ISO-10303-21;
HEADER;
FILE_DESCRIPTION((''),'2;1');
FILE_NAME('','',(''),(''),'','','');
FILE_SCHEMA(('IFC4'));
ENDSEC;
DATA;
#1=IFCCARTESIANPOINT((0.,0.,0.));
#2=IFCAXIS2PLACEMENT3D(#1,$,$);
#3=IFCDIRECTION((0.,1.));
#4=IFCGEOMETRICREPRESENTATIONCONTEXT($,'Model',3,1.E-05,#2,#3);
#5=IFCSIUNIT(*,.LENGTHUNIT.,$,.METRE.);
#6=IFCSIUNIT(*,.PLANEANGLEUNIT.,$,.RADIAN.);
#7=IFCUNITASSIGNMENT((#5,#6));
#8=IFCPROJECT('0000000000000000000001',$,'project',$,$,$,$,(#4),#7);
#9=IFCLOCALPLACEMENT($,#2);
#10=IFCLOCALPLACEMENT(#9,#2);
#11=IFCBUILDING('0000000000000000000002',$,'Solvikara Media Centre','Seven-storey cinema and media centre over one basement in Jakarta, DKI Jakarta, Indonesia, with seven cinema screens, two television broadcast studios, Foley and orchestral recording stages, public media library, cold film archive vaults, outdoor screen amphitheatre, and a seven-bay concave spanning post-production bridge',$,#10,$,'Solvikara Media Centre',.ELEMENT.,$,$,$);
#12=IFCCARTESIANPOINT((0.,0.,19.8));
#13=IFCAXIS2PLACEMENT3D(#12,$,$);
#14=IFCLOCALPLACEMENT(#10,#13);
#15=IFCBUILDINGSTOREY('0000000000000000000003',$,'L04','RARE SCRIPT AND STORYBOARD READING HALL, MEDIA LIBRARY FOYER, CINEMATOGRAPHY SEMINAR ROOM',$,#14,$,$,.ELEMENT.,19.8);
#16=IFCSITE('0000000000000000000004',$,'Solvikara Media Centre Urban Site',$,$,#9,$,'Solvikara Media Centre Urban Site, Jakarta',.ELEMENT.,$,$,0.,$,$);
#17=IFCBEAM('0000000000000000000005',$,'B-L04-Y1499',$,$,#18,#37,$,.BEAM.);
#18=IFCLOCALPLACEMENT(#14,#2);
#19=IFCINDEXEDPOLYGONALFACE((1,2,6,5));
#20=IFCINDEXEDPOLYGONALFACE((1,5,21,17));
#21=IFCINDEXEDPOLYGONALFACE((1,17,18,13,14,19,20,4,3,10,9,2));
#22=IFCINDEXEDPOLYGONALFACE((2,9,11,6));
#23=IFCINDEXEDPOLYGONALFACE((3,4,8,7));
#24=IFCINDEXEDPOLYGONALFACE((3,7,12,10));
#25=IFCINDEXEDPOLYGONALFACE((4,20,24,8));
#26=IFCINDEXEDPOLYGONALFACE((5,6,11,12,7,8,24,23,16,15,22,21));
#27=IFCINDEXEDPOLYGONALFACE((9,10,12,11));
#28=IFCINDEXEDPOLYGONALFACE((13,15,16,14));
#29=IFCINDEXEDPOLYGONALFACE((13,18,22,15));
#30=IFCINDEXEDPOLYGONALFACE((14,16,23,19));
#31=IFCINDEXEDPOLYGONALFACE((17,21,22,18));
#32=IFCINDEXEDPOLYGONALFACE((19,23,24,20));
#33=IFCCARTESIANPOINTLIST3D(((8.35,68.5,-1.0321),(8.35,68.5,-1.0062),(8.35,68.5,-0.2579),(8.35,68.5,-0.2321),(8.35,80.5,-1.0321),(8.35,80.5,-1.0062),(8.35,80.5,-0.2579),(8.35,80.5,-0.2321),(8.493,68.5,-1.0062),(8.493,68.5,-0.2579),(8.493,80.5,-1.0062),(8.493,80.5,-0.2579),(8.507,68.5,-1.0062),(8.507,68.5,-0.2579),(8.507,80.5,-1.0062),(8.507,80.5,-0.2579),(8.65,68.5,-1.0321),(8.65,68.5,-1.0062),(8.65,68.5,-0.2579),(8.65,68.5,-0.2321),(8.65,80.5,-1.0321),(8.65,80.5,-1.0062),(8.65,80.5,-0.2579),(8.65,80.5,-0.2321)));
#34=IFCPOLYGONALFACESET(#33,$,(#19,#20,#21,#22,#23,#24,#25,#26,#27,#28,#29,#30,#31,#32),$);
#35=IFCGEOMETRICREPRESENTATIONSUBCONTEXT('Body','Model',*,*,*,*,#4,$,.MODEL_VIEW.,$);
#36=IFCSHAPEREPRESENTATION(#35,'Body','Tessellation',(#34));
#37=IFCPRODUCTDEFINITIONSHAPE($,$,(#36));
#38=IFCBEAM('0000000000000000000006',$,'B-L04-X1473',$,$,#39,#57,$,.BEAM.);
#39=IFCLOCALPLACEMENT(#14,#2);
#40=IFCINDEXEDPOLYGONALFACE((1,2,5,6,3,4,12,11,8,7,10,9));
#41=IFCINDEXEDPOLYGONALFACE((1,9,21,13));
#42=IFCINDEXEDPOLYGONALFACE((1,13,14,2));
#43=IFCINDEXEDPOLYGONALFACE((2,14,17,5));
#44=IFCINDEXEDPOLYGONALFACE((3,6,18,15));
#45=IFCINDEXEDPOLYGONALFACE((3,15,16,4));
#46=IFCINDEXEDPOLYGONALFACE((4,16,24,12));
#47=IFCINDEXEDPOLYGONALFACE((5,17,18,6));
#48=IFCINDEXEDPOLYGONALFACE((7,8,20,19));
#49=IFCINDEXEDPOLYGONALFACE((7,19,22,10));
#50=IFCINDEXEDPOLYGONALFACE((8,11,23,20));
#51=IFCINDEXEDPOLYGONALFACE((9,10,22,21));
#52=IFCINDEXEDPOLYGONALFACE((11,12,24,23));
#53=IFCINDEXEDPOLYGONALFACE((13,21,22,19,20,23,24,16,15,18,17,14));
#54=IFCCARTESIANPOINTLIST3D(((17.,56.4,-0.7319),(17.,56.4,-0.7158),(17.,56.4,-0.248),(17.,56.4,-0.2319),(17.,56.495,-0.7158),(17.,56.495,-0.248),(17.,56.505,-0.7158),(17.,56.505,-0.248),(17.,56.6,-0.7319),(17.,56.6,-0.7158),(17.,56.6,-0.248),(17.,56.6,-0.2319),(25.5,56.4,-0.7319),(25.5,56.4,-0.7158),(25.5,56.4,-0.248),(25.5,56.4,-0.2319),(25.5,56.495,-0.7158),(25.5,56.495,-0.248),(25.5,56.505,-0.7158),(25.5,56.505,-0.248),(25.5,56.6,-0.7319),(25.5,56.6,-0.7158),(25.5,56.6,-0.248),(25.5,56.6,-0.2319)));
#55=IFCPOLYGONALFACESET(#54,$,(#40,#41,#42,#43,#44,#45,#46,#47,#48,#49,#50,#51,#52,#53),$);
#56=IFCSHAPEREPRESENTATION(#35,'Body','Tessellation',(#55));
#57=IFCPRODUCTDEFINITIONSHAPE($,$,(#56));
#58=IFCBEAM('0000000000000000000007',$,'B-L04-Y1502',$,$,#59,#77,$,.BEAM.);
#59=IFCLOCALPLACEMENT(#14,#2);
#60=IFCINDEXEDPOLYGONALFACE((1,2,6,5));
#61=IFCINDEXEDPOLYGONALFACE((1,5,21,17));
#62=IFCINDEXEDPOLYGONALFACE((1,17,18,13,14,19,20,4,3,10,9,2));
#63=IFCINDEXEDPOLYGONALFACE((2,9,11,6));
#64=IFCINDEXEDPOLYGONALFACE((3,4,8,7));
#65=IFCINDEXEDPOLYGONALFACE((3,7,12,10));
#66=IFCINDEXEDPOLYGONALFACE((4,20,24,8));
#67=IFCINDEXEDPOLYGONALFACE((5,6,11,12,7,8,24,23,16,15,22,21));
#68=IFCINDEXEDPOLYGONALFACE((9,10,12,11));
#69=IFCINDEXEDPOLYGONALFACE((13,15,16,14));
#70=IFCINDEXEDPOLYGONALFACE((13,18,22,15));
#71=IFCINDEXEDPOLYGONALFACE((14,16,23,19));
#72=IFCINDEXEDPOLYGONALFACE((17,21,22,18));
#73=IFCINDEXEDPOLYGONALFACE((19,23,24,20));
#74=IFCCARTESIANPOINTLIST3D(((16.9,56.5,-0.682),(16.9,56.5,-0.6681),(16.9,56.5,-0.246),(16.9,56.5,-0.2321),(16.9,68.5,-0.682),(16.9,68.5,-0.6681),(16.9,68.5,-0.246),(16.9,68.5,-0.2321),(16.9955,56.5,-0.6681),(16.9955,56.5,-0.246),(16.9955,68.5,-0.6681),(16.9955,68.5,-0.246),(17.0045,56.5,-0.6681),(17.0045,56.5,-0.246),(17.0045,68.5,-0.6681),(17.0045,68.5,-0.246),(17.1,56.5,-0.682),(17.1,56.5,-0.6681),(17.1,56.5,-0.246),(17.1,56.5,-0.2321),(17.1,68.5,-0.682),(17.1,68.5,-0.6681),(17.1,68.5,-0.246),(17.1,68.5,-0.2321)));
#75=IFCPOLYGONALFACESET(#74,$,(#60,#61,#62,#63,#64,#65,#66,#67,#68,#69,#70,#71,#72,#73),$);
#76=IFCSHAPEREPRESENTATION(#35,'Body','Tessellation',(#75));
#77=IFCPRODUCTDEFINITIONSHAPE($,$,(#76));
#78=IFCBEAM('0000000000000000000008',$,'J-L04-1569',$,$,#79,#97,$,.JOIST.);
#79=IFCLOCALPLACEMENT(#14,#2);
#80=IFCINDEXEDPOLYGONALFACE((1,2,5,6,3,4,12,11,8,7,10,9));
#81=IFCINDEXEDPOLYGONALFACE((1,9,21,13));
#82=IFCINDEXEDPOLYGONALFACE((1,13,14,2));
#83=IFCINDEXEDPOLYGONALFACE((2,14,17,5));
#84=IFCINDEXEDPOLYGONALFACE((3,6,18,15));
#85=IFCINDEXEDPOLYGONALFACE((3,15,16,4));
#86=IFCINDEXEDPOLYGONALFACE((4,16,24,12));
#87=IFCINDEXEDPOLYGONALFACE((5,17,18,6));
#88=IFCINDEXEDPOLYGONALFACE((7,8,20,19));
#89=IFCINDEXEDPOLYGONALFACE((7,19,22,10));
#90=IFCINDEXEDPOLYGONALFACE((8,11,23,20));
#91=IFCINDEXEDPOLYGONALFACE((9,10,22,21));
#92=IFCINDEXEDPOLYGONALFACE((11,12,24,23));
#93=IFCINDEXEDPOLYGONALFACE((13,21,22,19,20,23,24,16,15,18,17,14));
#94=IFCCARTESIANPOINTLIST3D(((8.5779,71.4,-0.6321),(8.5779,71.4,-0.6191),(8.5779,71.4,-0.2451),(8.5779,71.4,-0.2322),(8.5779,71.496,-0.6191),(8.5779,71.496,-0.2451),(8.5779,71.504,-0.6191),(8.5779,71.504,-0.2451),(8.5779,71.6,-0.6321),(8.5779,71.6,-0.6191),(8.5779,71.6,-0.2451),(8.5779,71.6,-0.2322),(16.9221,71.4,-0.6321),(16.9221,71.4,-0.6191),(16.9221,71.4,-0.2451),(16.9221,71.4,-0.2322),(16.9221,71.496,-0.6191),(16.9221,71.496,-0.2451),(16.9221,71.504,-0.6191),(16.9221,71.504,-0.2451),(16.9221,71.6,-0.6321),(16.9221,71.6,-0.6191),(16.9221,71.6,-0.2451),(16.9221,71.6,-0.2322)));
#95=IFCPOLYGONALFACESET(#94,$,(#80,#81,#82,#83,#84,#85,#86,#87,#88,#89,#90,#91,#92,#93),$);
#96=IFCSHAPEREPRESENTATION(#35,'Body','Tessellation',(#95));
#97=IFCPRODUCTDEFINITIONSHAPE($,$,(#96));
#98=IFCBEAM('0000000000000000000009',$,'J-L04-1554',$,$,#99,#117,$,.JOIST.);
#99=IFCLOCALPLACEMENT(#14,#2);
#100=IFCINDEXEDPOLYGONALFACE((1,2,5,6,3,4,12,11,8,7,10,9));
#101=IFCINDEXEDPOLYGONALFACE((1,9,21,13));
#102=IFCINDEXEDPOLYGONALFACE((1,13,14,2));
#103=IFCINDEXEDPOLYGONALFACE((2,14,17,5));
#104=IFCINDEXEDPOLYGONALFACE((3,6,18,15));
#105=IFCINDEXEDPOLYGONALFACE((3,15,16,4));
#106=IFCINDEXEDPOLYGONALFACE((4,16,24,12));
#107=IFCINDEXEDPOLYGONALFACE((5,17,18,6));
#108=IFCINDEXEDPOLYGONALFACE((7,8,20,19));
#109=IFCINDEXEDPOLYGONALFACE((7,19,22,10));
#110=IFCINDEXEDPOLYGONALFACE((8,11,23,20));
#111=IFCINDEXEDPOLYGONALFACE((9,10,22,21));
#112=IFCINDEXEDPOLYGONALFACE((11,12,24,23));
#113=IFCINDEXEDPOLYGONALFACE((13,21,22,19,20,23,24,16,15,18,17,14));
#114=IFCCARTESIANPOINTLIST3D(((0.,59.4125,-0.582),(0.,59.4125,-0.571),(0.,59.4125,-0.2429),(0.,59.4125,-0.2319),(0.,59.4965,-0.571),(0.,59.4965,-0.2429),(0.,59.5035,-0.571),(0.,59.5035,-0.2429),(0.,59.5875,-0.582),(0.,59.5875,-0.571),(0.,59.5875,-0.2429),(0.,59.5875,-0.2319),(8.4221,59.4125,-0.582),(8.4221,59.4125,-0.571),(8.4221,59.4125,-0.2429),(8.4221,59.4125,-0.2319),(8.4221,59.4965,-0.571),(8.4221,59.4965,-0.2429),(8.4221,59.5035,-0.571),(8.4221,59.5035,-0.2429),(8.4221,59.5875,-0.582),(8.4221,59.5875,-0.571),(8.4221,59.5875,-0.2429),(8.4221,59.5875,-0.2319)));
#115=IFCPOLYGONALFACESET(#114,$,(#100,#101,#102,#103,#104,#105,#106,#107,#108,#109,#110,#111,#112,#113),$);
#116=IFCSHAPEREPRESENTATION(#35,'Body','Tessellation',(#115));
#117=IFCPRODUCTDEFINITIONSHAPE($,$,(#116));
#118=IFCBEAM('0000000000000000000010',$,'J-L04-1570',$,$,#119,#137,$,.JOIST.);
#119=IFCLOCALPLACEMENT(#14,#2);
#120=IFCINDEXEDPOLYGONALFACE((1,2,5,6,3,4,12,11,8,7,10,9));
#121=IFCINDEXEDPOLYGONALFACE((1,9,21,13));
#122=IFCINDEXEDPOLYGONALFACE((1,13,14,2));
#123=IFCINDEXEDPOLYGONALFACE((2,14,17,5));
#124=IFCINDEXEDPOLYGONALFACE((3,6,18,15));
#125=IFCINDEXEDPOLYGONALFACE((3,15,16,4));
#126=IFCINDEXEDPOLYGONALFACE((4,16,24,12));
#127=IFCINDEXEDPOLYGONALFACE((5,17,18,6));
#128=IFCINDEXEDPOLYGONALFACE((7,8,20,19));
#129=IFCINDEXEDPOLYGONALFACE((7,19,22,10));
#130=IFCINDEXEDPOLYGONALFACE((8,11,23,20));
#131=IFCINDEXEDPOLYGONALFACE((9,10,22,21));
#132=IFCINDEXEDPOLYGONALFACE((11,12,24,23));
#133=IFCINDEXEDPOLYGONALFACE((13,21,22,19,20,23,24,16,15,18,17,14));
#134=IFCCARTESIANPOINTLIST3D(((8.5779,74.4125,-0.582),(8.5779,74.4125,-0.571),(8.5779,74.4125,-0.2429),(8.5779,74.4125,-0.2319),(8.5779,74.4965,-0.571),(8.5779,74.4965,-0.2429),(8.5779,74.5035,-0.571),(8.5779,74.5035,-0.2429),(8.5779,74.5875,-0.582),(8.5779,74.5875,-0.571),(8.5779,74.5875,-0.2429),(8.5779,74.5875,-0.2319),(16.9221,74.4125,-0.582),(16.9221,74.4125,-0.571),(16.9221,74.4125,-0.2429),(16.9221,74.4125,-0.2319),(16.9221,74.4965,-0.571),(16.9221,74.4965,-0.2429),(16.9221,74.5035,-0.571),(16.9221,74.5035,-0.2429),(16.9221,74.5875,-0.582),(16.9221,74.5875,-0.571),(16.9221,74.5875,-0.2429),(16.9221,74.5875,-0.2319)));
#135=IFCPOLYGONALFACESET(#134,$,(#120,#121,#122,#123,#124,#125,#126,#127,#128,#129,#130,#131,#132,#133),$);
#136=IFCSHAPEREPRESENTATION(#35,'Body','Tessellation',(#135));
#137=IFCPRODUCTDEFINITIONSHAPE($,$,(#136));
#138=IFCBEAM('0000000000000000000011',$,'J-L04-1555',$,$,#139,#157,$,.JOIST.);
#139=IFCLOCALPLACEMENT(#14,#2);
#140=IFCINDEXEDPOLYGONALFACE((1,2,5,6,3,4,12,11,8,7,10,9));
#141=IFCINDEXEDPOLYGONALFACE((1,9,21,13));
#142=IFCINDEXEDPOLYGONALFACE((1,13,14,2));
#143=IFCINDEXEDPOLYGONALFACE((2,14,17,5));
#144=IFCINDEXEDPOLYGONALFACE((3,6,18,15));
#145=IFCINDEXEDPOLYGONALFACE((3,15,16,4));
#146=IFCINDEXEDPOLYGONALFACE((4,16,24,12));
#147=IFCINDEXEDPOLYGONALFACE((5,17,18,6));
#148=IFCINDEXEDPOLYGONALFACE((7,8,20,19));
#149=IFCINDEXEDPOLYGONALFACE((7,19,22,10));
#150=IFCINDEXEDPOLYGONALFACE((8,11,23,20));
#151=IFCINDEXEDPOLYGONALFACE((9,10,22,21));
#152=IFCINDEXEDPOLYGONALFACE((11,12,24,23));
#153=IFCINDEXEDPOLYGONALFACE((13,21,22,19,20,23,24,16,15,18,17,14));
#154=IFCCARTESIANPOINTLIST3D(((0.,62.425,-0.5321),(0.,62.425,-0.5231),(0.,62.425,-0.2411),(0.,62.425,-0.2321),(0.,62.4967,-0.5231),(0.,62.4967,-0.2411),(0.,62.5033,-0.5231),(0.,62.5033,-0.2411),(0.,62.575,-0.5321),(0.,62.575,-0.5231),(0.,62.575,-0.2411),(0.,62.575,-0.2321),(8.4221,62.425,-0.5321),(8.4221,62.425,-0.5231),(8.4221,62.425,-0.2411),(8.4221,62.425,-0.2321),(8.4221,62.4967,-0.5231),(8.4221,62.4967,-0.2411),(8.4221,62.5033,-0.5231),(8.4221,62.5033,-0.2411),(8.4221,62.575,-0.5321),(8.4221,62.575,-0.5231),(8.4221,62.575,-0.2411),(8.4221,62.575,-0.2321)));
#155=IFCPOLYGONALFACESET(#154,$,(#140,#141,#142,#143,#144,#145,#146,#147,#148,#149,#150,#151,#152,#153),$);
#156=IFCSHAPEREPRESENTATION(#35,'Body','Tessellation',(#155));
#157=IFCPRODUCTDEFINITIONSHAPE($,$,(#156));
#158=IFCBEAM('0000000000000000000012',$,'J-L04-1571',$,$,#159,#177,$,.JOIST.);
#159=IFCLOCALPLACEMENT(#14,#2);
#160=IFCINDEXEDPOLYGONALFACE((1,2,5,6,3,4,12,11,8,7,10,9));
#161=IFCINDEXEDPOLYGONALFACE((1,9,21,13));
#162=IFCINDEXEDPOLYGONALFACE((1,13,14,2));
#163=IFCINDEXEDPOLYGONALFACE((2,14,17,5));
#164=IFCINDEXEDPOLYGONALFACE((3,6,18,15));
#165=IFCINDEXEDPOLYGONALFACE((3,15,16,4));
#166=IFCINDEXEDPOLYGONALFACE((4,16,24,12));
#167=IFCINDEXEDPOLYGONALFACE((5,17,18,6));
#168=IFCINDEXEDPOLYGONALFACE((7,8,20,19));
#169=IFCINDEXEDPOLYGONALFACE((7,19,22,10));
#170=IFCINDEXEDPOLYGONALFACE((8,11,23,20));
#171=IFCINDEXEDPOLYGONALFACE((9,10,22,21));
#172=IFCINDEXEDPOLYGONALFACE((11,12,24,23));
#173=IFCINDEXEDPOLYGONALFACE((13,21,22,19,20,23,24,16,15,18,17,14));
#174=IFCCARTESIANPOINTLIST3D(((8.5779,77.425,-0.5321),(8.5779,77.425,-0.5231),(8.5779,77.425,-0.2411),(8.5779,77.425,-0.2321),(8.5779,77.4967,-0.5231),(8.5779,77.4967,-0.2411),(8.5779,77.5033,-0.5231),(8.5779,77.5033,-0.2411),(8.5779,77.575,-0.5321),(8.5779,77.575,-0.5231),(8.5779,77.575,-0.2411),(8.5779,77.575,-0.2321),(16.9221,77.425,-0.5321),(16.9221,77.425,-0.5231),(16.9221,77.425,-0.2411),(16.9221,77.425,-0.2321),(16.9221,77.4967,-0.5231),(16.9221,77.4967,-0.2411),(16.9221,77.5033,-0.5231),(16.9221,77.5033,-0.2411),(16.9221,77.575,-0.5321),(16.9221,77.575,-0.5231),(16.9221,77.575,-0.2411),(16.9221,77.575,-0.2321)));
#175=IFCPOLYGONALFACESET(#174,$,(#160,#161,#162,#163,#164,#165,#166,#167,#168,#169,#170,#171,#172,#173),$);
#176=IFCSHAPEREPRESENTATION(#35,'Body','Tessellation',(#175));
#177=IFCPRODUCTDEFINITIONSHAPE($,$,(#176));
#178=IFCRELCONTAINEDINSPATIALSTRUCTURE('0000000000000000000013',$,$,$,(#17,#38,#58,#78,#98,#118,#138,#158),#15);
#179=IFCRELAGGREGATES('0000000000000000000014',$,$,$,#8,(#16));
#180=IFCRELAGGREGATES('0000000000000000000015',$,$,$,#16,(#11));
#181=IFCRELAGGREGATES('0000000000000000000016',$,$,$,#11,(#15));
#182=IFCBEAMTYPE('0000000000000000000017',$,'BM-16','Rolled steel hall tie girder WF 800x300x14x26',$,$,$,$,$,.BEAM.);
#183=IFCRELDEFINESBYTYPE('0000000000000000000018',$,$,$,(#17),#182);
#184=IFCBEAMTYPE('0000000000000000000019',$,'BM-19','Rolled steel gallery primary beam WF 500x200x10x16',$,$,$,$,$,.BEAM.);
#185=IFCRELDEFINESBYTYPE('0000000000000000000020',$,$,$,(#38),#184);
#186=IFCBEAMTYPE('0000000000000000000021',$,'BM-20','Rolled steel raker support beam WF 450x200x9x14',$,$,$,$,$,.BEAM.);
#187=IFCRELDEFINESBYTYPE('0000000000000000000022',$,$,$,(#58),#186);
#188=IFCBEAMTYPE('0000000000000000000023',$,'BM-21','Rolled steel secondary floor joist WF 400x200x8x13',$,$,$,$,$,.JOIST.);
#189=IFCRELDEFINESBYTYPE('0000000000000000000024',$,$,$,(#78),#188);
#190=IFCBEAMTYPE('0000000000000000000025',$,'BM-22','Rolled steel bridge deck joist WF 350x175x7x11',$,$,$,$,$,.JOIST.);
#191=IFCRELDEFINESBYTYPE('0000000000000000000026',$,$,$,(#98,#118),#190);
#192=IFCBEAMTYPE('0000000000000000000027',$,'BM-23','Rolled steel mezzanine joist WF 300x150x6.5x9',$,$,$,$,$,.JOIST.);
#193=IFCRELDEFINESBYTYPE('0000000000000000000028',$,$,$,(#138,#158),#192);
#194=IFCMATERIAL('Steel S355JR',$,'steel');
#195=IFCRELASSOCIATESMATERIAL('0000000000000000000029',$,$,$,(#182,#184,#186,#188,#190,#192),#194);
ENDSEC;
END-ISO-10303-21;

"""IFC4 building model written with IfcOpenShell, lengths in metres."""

from ifc_helpers import new_model, si_unit, direction, frame, origin, origin_2d, place, context, subcontext, project, spatial, i_section, extrude, material, material_profile, profile_set, type_object, element, save


model = new_model("IFC4")

# Units and contexts
model_context = context("Model", 3, precision=1e-05, world=origin(), true_north=direction((0.0, 1.0)))
body_context = subcontext(model_context, "Body", "Model", "MODEL_VIEW")
ifc_project = project(units=[si_unit("LENGTHUNIT", "METRE"), si_unit("PLANEANGLEUNIT", "RADIAN")], contexts=[model_context])

# Site, building, storey
site_placement = place(None, origin())
site = spatial("IfcSite", under=ifc_project, at=site_placement, Name="Solvikara Media Centre Urban Site", LongName="Solvikara Media Centre Urban Site, Jakarta", CompositionType="ELEMENT", RefElevation=0.0)
building_placement = place(site_placement, origin())
building = spatial("IfcBuilding", under=site, at=building_placement, Name="Solvikara Media Centre", Description="Seven-storey cinema and media centre over one basement in Jakarta, DKI Jakarta, Indonesia, with seven cinema screens, two television broadcast studios, Foley and orchestral recording stages, public media library, cold film archive vaults, outdoor screen amphitheatre, and a seven-bay concave spanning post-production bridge", LongName="Solvikara Media Centre", CompositionType="ELEMENT")
storey_placement = place(building_placement, frame((0.0, 0.0, 19.8)))
storey = spatial("IfcBuildingStorey", under=building, at=storey_placement, Name="L04", Description="RARE SCRIPT AND STORYBOARD READING HALL, MEDIA LIBRARY FOYER, CINEMATOGRAPHY SEMINAR ROOM", CompositionType="ELEMENT", Elevation=19.8)

# Beams
ifc_material_1 = material(Name="Steel S355JR", Category="steel")
ifc_material_profile_1 = material_profile(ifc_material_1, i_section(OverallWidth=0.3, OverallDepth=0.8, WebThickness=0.0139, FlangeThickness=0.0259, at=origin_2d()), Name="WF 800x300x14x26")
ifc_profile_set_1 = profile_set([ifc_material_profile_1], Name="Steel S355JR")
beam_type_1 = type_object("IfcBeamType", Name="BM-16", Description="Rolled steel hall tie girder WF 800x300x14x26", PredefinedType="BEAM", material=ifc_profile_set_1)
beam_1_placement = place(storey_placement, frame((8.5, 68.5, -0.6321), z_axis=(0.0, 1.0, 0.0), x_axis=(-1.0, 0.0, 0.0)))
element("IfcBeam", 1, at=beam_1_placement, inside=storey, type_object=beam_type_1, Name="B-L04-Y1499", PredefinedType="BEAM", context=body_context, shape_type="SweptSolid", body=[
    extrude(i_section(OverallWidth=0.3, OverallDepth=0.8, WebThickness=0.0139, FlangeThickness=0.0259, at=origin_2d()), origin(), (0.0, 0.0, 1.0), 12.0),
])
ifc_material_profile_2 = material_profile(ifc_material_1, i_section(OverallWidth=0.2, OverallDepth=0.5, WebThickness=0.01, FlangeThickness=0.0161, at=origin_2d()), Name="WF 500x200x10x16")
ifc_profile_set_2 = profile_set([ifc_material_profile_2], Name="Steel S355JR")
beam_type_2 = type_object("IfcBeamType", Name="BM-19", Description="Rolled steel gallery primary beam WF 500x200x10x16", PredefinedType="BEAM", material=ifc_profile_set_2)
beam_2_placement = place(storey_placement, frame((17.0, 56.5, -0.4819), z_axis=(1.0, 0.0, 0.0), x_axis=(0.0, 1.0, 0.0)))
element("IfcBeam", 2, at=beam_2_placement, inside=storey, type_object=beam_type_2, Name="B-L04-X1473", PredefinedType="BEAM", context=body_context, shape_type="SweptSolid", body=[
    extrude(i_section(OverallWidth=0.2, OverallDepth=0.5, WebThickness=0.01, FlangeThickness=0.0161, at=origin_2d()), origin(), (0.0, 0.0, 1.0), 8.5),
])
ifc_material_profile_3 = material_profile(ifc_material_1, i_section(OverallWidth=0.2, OverallDepth=0.45, WebThickness=0.009, FlangeThickness=0.0139, at=origin_2d()), Name="WF 450x200x9x14")
ifc_profile_set_3 = profile_set([ifc_material_profile_3], Name="Steel S355JR")
beam_type_3 = type_object("IfcBeamType", Name="BM-20", Description="Rolled steel raker support beam WF 450x200x9x14", PredefinedType="BEAM", material=ifc_profile_set_3)
beam_3_placement = place(storey_placement, frame((17.0, 56.5, -0.457), z_axis=(0.0, 1.0, 0.0), x_axis=(-1.0, 0.0, 0.0)))
element("IfcBeam", 3, at=beam_3_placement, inside=storey, type_object=beam_type_3, Name="B-L04-Y1502", PredefinedType="BEAM", context=body_context, shape_type="SweptSolid", body=[
    extrude(i_section(OverallWidth=0.2, OverallDepth=0.45, WebThickness=0.009, FlangeThickness=0.0139, at=origin_2d()), origin(), (0.0, 0.0, 1.0), 12.0),
])
ifc_material_profile_4 = material_profile(ifc_material_1, i_section(OverallWidth=0.2, OverallDepth=0.3999, WebThickness=0.0081, FlangeThickness=0.0129, at=origin_2d()), Name="WF 400x200x8x13")
ifc_profile_set_4 = profile_set([ifc_material_profile_4], Name="Steel S355JR")
beam_type_4 = type_object("IfcBeamType", Name="BM-21", Description="Rolled steel secondary floor joist WF 400x200x8x13", PredefinedType="JOIST", material=ifc_profile_set_4)
beam_4_placement = place(storey_placement, frame((8.5779, 71.5, -0.4321), z_axis=(1.0, 0.0, 0.0), x_axis=(0.0, 1.0, 0.0)))
element("IfcBeam", 4, at=beam_4_placement, inside=storey, type_object=beam_type_4, Name="J-L04-1569", PredefinedType="JOIST", context=body_context, shape_type="SweptSolid", body=[
    extrude(i_section(OverallWidth=0.2, OverallDepth=0.3999, WebThickness=0.0081, FlangeThickness=0.0129, at=origin_2d()), origin(), (0.0, 0.0, 1.0), 8.3442),
])
ifc_material_profile_5 = material_profile(ifc_material_1, i_section(OverallWidth=0.175, OverallDepth=0.3501, WebThickness=0.0071, FlangeThickness=0.011, at=origin_2d()), Name="WF 350x175x7x11")
ifc_profile_set_5 = profile_set([ifc_material_profile_5], Name="Steel S355JR")
beam_type_5 = type_object("IfcBeamType", Name="BM-22", Description="Rolled steel bridge deck joist WF 350x175x7x11", PredefinedType="JOIST", material=ifc_profile_set_5)
beam_5_placement = place(storey_placement, frame((0.0, 59.5, -0.407), z_axis=(1.0, 0.0, 0.0), x_axis=(0.0, 1.0, 0.0)))
element("IfcBeam", 5, at=beam_5_placement, inside=storey, type_object=beam_type_5, Name="J-L04-1554", PredefinedType="JOIST", context=body_context, shape_type="SweptSolid", body=[
    extrude(i_section(OverallWidth=0.175, OverallDepth=0.3501, WebThickness=0.0071, FlangeThickness=0.011, at=origin_2d()), origin(), (0.0, 0.0, 1.0), 8.4221),
])
beam_6_placement = place(storey_placement, frame((8.5779, 74.5, -0.407), z_axis=(1.0, 0.0, 0.0), x_axis=(0.0, 1.0, 0.0)))
element("IfcBeam", 6, at=beam_6_placement, inside=storey, type_object=beam_type_5, Name="J-L04-1570", PredefinedType="JOIST", context=body_context, shape_type="SweptSolid", body=[
    extrude(i_section(OverallWidth=0.175, OverallDepth=0.3501, WebThickness=0.0071, FlangeThickness=0.011, at=origin_2d()), origin(), (0.0, 0.0, 1.0), 8.3442),
])
ifc_material_profile_6 = material_profile(ifc_material_1, i_section(OverallWidth=0.1499, OverallDepth=0.3, WebThickness=0.0066, FlangeThickness=0.009, at=origin_2d()), Name="WF 300x150x6.5x9")
ifc_profile_set_6 = profile_set([ifc_material_profile_6], Name="Steel S355JR")
beam_type_6 = type_object("IfcBeamType", Name="BM-23", Description="Rolled steel mezzanine joist WF 300x150x6.5x9", PredefinedType="JOIST", material=ifc_profile_set_6)
beam_7_placement = place(storey_placement, frame((0.0, 62.5, -0.3821), z_axis=(1.0, 0.0, 0.0), x_axis=(0.0, 1.0, 0.0)))
element("IfcBeam", 7, at=beam_7_placement, inside=storey, type_object=beam_type_6, Name="J-L04-1555", PredefinedType="JOIST", context=body_context, shape_type="SweptSolid", body=[
    extrude(i_section(OverallWidth=0.1499, OverallDepth=0.3, WebThickness=0.0066, FlangeThickness=0.009, at=origin_2d()), origin(), (0.0, 0.0, 1.0), 8.4221),
])
beam_8_placement = place(storey_placement, frame((8.5779, 77.5, -0.3821), z_axis=(1.0, 0.0, 0.0), x_axis=(0.0, 1.0, 0.0)))
element("IfcBeam", 8, at=beam_8_placement, inside=storey, type_object=beam_type_6, Name="J-L04-1571", PredefinedType="JOIST", context=body_context, shape_type="SweptSolid", body=[
    extrude(i_section(OverallWidth=0.1499, OverallDepth=0.3, WebThickness=0.0066, FlangeThickness=0.009, at=origin_2d()), origin(), (0.0, 0.0, 1.0), 8.3442),
])

save(model, "model.ifc")
